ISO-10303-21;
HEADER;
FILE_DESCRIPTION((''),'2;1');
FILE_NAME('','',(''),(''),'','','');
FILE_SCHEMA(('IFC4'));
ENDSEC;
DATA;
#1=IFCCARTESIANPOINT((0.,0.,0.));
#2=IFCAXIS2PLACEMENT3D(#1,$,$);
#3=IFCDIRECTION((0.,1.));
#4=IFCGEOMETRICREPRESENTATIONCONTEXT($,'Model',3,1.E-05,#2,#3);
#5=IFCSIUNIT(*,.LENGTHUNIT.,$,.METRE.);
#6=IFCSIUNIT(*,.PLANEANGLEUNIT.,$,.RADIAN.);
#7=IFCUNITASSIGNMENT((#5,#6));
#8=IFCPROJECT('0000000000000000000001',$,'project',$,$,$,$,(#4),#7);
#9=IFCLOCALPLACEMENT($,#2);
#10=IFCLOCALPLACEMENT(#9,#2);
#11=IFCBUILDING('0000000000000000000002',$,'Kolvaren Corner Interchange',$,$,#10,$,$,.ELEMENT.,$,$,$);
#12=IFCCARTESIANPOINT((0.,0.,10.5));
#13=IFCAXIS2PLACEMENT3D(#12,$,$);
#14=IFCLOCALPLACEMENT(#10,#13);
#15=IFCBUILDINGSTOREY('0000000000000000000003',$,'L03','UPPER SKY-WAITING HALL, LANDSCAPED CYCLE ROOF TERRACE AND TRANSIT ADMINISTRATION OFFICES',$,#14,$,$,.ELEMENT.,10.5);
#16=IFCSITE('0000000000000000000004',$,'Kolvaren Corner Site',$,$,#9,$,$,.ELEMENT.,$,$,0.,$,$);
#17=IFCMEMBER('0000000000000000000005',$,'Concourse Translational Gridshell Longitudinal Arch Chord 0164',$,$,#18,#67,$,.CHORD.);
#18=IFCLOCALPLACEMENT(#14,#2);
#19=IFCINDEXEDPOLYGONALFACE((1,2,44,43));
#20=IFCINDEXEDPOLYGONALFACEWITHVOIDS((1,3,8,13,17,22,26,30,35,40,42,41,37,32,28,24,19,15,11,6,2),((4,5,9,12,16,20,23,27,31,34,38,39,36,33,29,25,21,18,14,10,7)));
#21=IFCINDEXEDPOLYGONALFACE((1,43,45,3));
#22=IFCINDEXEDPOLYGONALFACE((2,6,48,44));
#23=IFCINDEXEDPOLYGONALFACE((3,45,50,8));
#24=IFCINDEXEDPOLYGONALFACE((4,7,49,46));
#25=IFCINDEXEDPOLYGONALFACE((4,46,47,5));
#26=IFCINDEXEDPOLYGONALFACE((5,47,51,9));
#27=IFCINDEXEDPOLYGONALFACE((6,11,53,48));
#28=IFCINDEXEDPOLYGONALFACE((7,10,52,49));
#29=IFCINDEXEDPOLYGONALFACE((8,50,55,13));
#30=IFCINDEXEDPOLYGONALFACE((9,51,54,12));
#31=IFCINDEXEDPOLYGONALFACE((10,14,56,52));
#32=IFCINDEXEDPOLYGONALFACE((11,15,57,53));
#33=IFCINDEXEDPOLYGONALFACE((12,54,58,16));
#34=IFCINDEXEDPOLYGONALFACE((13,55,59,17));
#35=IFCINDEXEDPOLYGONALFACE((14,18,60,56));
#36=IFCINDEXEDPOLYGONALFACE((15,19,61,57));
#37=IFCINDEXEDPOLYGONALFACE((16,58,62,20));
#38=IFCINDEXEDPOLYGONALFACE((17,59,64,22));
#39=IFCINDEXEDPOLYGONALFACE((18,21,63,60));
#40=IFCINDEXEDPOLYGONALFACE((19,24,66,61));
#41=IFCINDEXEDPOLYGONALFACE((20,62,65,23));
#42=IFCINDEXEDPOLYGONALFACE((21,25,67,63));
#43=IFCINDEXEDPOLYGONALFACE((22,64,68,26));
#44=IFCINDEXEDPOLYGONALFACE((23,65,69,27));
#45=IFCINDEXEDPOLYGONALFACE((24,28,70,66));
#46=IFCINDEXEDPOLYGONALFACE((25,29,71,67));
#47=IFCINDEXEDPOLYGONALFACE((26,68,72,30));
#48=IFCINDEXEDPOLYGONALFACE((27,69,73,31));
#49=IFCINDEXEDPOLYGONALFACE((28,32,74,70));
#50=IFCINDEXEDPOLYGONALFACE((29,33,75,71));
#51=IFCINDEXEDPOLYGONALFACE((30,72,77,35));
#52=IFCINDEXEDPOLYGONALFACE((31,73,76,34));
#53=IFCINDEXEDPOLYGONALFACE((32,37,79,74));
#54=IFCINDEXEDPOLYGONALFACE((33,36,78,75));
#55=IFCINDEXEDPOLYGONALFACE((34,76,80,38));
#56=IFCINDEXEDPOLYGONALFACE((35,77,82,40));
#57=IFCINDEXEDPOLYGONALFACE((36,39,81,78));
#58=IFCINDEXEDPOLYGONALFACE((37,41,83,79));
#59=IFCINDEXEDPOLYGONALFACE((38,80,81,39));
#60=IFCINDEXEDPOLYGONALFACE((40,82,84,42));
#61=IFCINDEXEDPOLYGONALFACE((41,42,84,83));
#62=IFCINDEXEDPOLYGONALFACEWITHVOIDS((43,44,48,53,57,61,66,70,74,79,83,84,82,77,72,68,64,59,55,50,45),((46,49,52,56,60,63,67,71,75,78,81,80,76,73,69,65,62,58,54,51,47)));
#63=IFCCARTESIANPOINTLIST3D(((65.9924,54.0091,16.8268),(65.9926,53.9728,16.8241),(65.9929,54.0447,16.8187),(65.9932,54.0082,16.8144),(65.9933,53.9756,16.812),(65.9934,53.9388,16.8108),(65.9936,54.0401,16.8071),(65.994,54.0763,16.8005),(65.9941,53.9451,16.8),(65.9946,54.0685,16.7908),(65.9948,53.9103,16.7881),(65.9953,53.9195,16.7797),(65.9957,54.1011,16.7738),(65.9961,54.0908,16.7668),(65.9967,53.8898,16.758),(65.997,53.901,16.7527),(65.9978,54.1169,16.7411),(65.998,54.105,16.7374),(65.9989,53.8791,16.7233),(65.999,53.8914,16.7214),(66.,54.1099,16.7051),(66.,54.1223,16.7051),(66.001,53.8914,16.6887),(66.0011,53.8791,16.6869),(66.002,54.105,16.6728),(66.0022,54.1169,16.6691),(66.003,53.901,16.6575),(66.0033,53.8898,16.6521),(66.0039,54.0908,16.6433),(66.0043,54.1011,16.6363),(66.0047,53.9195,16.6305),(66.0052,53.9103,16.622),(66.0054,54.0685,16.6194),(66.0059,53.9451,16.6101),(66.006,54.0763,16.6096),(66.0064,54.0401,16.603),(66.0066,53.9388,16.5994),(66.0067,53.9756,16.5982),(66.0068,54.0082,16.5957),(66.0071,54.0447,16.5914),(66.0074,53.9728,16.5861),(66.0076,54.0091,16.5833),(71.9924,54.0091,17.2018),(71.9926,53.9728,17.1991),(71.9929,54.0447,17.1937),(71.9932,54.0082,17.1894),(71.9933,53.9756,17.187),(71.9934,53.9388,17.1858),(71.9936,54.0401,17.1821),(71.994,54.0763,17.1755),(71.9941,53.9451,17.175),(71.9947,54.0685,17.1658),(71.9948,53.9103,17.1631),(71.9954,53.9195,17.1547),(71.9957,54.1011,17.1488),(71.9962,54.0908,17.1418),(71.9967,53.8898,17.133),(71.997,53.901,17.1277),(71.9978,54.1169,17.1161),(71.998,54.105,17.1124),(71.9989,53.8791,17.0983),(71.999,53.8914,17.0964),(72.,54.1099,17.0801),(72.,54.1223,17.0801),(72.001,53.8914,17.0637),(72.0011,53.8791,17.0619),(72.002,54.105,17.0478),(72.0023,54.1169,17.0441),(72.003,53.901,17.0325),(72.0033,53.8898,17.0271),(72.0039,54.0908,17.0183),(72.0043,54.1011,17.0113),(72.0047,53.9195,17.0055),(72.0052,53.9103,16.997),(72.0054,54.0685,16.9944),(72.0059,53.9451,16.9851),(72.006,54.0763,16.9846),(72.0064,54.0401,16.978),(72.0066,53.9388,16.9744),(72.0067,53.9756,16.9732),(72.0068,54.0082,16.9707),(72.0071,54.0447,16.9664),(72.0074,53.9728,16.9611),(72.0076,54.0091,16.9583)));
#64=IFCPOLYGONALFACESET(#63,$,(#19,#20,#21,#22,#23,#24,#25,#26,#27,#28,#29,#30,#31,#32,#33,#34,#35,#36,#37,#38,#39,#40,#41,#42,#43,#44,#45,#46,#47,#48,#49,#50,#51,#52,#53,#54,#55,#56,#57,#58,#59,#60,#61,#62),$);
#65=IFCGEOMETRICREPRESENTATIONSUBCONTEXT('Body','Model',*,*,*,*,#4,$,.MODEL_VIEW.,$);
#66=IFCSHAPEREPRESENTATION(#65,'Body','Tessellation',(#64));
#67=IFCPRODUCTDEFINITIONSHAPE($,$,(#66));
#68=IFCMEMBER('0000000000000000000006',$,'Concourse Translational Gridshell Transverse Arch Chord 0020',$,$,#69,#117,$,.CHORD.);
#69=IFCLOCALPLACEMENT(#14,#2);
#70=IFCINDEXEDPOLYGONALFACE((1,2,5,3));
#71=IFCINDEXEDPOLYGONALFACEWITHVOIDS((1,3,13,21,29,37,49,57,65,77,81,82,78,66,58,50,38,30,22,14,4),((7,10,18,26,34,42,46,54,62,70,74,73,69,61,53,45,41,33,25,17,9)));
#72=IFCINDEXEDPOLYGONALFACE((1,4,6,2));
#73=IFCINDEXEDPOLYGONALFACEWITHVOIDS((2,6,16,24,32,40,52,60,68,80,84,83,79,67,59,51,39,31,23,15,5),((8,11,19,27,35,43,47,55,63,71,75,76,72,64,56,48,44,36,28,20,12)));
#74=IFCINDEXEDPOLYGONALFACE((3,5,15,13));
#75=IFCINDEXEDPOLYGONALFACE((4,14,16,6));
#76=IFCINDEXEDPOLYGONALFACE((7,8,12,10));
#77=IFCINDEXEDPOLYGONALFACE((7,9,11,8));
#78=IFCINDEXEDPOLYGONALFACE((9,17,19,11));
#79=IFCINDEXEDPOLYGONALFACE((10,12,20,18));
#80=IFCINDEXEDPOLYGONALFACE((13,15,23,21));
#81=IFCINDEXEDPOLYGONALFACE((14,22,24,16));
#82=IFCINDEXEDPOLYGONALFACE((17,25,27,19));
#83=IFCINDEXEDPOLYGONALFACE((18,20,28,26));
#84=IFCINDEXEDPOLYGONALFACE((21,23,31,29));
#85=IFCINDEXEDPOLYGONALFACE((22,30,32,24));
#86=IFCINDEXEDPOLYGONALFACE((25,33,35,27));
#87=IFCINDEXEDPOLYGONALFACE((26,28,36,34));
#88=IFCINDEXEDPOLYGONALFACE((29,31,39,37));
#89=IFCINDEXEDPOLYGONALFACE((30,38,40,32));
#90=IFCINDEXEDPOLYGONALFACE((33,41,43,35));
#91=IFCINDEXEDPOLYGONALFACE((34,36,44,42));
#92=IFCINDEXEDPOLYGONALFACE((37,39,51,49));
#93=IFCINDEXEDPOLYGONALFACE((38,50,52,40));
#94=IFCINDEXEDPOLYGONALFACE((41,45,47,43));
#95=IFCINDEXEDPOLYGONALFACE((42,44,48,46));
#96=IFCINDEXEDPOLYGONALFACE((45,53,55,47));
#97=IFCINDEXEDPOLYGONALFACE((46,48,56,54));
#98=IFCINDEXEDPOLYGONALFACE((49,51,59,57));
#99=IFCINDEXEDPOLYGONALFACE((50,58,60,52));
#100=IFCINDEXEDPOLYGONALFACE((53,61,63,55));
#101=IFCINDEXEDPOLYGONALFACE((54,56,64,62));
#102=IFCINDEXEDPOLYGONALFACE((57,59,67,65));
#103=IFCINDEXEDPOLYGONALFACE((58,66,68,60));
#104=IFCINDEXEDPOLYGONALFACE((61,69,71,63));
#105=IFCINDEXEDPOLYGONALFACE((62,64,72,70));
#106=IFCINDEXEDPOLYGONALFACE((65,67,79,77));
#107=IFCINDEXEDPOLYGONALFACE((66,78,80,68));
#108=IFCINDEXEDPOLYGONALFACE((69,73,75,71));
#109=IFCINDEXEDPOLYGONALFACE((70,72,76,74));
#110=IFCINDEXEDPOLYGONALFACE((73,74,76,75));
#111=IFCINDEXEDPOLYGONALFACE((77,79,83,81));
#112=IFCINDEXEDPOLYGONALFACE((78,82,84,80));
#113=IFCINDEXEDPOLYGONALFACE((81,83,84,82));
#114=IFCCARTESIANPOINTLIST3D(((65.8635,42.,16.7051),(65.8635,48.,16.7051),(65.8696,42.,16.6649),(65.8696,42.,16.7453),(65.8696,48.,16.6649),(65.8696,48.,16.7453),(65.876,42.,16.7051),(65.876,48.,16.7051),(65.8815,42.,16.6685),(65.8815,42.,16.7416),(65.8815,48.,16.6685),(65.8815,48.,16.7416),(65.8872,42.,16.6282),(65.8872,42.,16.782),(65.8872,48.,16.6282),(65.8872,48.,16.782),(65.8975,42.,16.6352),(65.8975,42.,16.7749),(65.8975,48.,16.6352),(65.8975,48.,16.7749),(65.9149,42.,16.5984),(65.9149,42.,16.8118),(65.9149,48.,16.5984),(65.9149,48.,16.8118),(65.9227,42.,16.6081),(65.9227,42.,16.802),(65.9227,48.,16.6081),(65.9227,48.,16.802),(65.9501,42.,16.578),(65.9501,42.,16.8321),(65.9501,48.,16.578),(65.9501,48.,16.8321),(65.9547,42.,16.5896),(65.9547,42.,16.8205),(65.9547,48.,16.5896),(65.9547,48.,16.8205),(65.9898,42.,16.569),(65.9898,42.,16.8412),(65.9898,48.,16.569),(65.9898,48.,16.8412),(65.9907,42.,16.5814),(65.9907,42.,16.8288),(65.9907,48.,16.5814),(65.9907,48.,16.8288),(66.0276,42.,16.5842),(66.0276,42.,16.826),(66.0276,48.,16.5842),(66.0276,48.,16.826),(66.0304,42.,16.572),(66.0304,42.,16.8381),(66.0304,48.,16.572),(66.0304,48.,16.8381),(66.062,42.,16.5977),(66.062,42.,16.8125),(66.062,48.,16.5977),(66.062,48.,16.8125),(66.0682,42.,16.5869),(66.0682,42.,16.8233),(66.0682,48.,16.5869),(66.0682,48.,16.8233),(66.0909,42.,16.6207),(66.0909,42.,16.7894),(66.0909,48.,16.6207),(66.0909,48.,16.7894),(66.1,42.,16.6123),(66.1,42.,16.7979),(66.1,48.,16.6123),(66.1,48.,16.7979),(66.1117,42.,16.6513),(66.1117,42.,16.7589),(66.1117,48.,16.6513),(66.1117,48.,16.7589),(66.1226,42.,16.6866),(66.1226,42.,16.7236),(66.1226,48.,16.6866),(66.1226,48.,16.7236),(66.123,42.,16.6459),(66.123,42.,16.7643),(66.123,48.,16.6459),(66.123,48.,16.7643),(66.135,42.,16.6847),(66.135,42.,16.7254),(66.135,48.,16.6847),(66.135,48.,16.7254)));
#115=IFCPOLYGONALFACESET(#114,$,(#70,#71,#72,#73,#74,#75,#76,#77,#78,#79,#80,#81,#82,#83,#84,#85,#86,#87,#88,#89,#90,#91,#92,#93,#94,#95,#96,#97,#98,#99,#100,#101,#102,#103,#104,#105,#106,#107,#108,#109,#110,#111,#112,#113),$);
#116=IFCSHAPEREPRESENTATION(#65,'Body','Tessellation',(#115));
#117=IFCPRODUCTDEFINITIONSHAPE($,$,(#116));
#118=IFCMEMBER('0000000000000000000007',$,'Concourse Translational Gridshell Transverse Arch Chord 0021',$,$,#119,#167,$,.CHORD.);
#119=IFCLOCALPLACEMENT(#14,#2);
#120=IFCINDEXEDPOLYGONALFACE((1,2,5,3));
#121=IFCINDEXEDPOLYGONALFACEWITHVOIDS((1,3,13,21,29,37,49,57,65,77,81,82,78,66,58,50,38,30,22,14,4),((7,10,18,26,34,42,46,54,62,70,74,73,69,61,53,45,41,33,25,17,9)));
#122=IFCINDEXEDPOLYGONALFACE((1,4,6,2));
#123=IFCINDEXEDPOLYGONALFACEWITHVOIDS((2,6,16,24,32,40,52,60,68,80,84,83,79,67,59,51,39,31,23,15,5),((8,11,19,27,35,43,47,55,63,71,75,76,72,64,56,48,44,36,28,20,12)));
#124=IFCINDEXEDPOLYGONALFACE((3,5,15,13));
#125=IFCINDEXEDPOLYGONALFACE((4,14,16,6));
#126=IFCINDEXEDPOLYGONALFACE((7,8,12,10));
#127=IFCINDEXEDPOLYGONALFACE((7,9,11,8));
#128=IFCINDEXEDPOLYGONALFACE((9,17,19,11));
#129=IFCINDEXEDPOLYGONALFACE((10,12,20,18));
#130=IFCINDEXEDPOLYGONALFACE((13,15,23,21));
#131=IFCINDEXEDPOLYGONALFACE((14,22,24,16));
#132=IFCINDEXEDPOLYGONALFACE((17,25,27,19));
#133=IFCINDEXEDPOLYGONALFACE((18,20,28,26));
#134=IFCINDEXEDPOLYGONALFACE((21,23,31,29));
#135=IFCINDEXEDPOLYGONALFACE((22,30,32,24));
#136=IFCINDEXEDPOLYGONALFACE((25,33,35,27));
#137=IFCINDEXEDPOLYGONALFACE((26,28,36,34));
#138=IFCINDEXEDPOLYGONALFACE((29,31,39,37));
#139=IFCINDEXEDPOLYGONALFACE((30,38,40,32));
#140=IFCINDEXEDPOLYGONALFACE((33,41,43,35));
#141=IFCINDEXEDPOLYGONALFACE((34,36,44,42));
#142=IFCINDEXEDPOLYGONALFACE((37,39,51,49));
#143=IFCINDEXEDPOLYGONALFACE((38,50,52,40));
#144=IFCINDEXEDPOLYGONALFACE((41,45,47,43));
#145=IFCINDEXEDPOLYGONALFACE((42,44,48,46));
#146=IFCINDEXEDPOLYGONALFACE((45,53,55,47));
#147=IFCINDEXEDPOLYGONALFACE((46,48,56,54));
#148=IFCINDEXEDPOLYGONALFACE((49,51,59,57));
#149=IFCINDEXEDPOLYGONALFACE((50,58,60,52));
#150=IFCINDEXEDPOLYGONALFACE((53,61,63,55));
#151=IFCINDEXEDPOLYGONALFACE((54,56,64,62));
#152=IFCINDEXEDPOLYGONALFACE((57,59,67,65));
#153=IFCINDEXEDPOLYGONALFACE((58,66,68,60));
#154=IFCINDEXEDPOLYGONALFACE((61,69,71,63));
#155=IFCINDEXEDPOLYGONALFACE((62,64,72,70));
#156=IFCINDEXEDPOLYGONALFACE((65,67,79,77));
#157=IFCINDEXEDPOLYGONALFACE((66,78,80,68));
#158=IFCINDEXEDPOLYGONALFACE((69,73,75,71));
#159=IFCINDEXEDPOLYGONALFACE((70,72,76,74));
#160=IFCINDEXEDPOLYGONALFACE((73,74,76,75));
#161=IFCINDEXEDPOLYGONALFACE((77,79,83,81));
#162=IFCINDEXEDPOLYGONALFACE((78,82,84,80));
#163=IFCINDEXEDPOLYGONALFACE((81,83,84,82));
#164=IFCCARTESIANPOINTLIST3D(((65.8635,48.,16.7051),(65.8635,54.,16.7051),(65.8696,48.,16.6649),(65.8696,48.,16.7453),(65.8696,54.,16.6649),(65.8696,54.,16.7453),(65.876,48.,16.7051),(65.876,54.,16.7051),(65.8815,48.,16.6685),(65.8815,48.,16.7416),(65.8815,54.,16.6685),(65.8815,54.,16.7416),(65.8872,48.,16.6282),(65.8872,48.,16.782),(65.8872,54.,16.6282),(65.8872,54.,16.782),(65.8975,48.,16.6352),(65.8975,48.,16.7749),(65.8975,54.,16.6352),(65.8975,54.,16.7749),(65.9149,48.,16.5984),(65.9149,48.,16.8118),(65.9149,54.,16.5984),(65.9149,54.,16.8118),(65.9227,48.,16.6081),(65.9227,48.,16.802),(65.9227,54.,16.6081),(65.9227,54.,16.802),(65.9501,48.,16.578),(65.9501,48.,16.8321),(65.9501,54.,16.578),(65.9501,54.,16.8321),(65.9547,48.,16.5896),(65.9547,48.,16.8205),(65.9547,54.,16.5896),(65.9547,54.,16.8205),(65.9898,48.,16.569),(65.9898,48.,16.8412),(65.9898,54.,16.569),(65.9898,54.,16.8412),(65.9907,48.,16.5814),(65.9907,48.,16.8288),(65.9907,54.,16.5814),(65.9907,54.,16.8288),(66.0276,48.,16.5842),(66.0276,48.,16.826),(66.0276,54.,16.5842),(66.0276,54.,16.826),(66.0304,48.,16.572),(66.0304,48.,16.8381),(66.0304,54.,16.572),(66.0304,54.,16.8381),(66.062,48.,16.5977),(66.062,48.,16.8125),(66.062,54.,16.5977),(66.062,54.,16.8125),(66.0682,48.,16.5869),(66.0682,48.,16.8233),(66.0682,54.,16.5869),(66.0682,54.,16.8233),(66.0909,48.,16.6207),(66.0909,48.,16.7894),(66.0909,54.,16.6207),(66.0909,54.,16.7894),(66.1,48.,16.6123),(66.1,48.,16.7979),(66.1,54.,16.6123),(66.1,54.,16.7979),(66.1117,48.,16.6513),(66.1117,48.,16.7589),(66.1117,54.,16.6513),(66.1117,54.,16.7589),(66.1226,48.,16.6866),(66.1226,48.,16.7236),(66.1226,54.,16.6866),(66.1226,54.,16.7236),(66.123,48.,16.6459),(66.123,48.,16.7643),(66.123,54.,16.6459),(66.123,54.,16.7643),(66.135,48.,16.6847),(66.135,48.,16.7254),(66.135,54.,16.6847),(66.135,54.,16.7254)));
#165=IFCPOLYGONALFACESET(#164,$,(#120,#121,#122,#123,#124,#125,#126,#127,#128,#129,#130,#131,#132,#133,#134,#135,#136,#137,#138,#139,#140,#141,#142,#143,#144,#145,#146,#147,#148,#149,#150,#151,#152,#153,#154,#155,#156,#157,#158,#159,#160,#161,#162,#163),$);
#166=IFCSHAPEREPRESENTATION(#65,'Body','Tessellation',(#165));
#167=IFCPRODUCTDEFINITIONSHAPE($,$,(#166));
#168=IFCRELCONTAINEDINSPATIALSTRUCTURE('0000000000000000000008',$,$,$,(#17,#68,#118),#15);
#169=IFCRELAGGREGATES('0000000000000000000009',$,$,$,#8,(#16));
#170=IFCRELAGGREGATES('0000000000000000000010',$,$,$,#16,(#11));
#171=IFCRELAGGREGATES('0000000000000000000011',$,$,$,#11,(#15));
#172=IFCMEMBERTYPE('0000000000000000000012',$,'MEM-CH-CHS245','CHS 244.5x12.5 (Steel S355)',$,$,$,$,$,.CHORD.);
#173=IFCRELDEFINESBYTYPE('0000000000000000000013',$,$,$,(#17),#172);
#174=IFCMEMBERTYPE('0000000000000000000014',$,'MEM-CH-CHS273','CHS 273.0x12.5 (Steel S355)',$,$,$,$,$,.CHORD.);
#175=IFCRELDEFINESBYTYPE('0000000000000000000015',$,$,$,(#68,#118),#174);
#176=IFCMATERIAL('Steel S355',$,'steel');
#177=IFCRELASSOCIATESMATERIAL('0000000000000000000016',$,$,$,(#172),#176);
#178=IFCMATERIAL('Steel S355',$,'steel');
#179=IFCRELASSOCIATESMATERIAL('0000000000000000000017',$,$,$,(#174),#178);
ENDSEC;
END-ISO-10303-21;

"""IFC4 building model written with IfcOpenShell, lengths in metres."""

from ifc_helpers import new_model, si_unit, direction, frame, origin, origin_2d, place, context, subcontext, project, spatial, hollow_circle, extrude, material, material_profile, profile_set, type_object, element, save


model = new_model("IFC4")

# Units and contexts
model_context = context("Model", 3, precision=1e-05, world=origin(), true_north=direction((0.0, 1.0)))
body_context = subcontext(model_context, "Body", "Model", "MODEL_VIEW")
ifc_project = project(units=[si_unit("LENGTHUNIT", "METRE"), si_unit("PLANEANGLEUNIT", "RADIAN")], contexts=[model_context])

# Site, building, storey
site_placement = place(None, origin())
site = spatial("IfcSite", under=ifc_project, at=site_placement, Name="Kolvaren Corner Site", CompositionType="ELEMENT", RefElevation=0.0)
building_placement = place(site_placement, origin())
building = spatial("IfcBuilding", under=site, at=building_placement, Name="Kolvaren Corner Interchange", CompositionType="ELEMENT")
storey_placement = place(building_placement, frame((0.0, 0.0, 10.5)))
storey = spatial("IfcBuildingStorey", under=building, at=storey_placement, Name="L03", Description="UPPER SKY-WAITING HALL, LANDSCAPED CYCLE ROOF TERRACE AND TRANSIT ADMINISTRATION OFFICES", CompositionType="ELEMENT", Elevation=10.5)

# Members
ifc_material_1 = material(Name="Steel S355", Category="steel")
ifc_material_profile_1 = material_profile(ifc_material_1, hollow_circle(Radius=0.1223, WallThickness=0.0125, at=origin_2d()), Name="CHS 244.5x12.5")
ifc_profile_set_1 = profile_set([ifc_material_profile_1], Name="Steel S355")
member_type_1 = type_object("IfcMemberType", Name="MEM-CH-CHS245", Description="CHS 244.5x12.5 (Steel S355)", PredefinedType="CHORD", material=ifc_profile_set_1)
for number, where, z_axis, x_axis, name in (
    (1, (66.0, 54.0, 16.7051), (0.998053, 0.0, 0.062378), (0.0, 1.0, 0.0), "Concourse Translational Gridshell Longitudinal Arch Chord 0164"),
):
    element("IfcMember", number, at=place(storey_placement, frame(where, z_axis=z_axis, x_axis=x_axis)), inside=storey, type_object=member_type_1, Name=name, PredefinedType="CHORD", context=body_context, shape_type="SweptSolid", body=[
        extrude(hollow_circle(Radius=0.1223, WallThickness=0.0125, at=origin_2d()), origin(), (0.0, 0.0, 1.0), 6.0117),
    ])
ifc_material_2 = material(Name="Steel S355", Category="steel")
ifc_material_profile_2 = material_profile(ifc_material_2, hollow_circle(Radius=0.1365, WallThickness=0.0125, at=origin_2d()), Name="CHS 273.0x12.5")
ifc_profile_set_2 = profile_set([ifc_material_profile_2], Name="Steel S355")
member_type_2 = type_object("IfcMemberType", Name="MEM-CH-CHS273", Description="CHS 273.0x12.5 (Steel S355)", PredefinedType="CHORD", material=ifc_profile_set_2)
for number, where, z_axis, x_axis, name in (
    (2, (66.0, 42.0, 16.7051), (0.0, 1.0, 0.0), (-1.0, 0.0, 0.0), "Concourse Translational Gridshell Transverse Arch Chord 0020"),
    (3, (66.0, 48.0, 16.7051), (0.0, 1.0, 0.0), (-1.0, 0.0, 0.0), "Concourse Translational Gridshell Transverse Arch Chord 0021"),
):
    element("IfcMember", number, at=place(storey_placement, frame(where, z_axis=z_axis, x_axis=x_axis)), inside=storey, type_object=member_type_2, Name=name, PredefinedType="CHORD", context=body_context, shape_type="SweptSolid", body=[
        extrude(hollow_circle(Radius=0.1365, WallThickness=0.0125, at=origin_2d()), origin(), (0.0, 0.0, 1.0), 6.0),
    ])

save(model, "model.ifc")
